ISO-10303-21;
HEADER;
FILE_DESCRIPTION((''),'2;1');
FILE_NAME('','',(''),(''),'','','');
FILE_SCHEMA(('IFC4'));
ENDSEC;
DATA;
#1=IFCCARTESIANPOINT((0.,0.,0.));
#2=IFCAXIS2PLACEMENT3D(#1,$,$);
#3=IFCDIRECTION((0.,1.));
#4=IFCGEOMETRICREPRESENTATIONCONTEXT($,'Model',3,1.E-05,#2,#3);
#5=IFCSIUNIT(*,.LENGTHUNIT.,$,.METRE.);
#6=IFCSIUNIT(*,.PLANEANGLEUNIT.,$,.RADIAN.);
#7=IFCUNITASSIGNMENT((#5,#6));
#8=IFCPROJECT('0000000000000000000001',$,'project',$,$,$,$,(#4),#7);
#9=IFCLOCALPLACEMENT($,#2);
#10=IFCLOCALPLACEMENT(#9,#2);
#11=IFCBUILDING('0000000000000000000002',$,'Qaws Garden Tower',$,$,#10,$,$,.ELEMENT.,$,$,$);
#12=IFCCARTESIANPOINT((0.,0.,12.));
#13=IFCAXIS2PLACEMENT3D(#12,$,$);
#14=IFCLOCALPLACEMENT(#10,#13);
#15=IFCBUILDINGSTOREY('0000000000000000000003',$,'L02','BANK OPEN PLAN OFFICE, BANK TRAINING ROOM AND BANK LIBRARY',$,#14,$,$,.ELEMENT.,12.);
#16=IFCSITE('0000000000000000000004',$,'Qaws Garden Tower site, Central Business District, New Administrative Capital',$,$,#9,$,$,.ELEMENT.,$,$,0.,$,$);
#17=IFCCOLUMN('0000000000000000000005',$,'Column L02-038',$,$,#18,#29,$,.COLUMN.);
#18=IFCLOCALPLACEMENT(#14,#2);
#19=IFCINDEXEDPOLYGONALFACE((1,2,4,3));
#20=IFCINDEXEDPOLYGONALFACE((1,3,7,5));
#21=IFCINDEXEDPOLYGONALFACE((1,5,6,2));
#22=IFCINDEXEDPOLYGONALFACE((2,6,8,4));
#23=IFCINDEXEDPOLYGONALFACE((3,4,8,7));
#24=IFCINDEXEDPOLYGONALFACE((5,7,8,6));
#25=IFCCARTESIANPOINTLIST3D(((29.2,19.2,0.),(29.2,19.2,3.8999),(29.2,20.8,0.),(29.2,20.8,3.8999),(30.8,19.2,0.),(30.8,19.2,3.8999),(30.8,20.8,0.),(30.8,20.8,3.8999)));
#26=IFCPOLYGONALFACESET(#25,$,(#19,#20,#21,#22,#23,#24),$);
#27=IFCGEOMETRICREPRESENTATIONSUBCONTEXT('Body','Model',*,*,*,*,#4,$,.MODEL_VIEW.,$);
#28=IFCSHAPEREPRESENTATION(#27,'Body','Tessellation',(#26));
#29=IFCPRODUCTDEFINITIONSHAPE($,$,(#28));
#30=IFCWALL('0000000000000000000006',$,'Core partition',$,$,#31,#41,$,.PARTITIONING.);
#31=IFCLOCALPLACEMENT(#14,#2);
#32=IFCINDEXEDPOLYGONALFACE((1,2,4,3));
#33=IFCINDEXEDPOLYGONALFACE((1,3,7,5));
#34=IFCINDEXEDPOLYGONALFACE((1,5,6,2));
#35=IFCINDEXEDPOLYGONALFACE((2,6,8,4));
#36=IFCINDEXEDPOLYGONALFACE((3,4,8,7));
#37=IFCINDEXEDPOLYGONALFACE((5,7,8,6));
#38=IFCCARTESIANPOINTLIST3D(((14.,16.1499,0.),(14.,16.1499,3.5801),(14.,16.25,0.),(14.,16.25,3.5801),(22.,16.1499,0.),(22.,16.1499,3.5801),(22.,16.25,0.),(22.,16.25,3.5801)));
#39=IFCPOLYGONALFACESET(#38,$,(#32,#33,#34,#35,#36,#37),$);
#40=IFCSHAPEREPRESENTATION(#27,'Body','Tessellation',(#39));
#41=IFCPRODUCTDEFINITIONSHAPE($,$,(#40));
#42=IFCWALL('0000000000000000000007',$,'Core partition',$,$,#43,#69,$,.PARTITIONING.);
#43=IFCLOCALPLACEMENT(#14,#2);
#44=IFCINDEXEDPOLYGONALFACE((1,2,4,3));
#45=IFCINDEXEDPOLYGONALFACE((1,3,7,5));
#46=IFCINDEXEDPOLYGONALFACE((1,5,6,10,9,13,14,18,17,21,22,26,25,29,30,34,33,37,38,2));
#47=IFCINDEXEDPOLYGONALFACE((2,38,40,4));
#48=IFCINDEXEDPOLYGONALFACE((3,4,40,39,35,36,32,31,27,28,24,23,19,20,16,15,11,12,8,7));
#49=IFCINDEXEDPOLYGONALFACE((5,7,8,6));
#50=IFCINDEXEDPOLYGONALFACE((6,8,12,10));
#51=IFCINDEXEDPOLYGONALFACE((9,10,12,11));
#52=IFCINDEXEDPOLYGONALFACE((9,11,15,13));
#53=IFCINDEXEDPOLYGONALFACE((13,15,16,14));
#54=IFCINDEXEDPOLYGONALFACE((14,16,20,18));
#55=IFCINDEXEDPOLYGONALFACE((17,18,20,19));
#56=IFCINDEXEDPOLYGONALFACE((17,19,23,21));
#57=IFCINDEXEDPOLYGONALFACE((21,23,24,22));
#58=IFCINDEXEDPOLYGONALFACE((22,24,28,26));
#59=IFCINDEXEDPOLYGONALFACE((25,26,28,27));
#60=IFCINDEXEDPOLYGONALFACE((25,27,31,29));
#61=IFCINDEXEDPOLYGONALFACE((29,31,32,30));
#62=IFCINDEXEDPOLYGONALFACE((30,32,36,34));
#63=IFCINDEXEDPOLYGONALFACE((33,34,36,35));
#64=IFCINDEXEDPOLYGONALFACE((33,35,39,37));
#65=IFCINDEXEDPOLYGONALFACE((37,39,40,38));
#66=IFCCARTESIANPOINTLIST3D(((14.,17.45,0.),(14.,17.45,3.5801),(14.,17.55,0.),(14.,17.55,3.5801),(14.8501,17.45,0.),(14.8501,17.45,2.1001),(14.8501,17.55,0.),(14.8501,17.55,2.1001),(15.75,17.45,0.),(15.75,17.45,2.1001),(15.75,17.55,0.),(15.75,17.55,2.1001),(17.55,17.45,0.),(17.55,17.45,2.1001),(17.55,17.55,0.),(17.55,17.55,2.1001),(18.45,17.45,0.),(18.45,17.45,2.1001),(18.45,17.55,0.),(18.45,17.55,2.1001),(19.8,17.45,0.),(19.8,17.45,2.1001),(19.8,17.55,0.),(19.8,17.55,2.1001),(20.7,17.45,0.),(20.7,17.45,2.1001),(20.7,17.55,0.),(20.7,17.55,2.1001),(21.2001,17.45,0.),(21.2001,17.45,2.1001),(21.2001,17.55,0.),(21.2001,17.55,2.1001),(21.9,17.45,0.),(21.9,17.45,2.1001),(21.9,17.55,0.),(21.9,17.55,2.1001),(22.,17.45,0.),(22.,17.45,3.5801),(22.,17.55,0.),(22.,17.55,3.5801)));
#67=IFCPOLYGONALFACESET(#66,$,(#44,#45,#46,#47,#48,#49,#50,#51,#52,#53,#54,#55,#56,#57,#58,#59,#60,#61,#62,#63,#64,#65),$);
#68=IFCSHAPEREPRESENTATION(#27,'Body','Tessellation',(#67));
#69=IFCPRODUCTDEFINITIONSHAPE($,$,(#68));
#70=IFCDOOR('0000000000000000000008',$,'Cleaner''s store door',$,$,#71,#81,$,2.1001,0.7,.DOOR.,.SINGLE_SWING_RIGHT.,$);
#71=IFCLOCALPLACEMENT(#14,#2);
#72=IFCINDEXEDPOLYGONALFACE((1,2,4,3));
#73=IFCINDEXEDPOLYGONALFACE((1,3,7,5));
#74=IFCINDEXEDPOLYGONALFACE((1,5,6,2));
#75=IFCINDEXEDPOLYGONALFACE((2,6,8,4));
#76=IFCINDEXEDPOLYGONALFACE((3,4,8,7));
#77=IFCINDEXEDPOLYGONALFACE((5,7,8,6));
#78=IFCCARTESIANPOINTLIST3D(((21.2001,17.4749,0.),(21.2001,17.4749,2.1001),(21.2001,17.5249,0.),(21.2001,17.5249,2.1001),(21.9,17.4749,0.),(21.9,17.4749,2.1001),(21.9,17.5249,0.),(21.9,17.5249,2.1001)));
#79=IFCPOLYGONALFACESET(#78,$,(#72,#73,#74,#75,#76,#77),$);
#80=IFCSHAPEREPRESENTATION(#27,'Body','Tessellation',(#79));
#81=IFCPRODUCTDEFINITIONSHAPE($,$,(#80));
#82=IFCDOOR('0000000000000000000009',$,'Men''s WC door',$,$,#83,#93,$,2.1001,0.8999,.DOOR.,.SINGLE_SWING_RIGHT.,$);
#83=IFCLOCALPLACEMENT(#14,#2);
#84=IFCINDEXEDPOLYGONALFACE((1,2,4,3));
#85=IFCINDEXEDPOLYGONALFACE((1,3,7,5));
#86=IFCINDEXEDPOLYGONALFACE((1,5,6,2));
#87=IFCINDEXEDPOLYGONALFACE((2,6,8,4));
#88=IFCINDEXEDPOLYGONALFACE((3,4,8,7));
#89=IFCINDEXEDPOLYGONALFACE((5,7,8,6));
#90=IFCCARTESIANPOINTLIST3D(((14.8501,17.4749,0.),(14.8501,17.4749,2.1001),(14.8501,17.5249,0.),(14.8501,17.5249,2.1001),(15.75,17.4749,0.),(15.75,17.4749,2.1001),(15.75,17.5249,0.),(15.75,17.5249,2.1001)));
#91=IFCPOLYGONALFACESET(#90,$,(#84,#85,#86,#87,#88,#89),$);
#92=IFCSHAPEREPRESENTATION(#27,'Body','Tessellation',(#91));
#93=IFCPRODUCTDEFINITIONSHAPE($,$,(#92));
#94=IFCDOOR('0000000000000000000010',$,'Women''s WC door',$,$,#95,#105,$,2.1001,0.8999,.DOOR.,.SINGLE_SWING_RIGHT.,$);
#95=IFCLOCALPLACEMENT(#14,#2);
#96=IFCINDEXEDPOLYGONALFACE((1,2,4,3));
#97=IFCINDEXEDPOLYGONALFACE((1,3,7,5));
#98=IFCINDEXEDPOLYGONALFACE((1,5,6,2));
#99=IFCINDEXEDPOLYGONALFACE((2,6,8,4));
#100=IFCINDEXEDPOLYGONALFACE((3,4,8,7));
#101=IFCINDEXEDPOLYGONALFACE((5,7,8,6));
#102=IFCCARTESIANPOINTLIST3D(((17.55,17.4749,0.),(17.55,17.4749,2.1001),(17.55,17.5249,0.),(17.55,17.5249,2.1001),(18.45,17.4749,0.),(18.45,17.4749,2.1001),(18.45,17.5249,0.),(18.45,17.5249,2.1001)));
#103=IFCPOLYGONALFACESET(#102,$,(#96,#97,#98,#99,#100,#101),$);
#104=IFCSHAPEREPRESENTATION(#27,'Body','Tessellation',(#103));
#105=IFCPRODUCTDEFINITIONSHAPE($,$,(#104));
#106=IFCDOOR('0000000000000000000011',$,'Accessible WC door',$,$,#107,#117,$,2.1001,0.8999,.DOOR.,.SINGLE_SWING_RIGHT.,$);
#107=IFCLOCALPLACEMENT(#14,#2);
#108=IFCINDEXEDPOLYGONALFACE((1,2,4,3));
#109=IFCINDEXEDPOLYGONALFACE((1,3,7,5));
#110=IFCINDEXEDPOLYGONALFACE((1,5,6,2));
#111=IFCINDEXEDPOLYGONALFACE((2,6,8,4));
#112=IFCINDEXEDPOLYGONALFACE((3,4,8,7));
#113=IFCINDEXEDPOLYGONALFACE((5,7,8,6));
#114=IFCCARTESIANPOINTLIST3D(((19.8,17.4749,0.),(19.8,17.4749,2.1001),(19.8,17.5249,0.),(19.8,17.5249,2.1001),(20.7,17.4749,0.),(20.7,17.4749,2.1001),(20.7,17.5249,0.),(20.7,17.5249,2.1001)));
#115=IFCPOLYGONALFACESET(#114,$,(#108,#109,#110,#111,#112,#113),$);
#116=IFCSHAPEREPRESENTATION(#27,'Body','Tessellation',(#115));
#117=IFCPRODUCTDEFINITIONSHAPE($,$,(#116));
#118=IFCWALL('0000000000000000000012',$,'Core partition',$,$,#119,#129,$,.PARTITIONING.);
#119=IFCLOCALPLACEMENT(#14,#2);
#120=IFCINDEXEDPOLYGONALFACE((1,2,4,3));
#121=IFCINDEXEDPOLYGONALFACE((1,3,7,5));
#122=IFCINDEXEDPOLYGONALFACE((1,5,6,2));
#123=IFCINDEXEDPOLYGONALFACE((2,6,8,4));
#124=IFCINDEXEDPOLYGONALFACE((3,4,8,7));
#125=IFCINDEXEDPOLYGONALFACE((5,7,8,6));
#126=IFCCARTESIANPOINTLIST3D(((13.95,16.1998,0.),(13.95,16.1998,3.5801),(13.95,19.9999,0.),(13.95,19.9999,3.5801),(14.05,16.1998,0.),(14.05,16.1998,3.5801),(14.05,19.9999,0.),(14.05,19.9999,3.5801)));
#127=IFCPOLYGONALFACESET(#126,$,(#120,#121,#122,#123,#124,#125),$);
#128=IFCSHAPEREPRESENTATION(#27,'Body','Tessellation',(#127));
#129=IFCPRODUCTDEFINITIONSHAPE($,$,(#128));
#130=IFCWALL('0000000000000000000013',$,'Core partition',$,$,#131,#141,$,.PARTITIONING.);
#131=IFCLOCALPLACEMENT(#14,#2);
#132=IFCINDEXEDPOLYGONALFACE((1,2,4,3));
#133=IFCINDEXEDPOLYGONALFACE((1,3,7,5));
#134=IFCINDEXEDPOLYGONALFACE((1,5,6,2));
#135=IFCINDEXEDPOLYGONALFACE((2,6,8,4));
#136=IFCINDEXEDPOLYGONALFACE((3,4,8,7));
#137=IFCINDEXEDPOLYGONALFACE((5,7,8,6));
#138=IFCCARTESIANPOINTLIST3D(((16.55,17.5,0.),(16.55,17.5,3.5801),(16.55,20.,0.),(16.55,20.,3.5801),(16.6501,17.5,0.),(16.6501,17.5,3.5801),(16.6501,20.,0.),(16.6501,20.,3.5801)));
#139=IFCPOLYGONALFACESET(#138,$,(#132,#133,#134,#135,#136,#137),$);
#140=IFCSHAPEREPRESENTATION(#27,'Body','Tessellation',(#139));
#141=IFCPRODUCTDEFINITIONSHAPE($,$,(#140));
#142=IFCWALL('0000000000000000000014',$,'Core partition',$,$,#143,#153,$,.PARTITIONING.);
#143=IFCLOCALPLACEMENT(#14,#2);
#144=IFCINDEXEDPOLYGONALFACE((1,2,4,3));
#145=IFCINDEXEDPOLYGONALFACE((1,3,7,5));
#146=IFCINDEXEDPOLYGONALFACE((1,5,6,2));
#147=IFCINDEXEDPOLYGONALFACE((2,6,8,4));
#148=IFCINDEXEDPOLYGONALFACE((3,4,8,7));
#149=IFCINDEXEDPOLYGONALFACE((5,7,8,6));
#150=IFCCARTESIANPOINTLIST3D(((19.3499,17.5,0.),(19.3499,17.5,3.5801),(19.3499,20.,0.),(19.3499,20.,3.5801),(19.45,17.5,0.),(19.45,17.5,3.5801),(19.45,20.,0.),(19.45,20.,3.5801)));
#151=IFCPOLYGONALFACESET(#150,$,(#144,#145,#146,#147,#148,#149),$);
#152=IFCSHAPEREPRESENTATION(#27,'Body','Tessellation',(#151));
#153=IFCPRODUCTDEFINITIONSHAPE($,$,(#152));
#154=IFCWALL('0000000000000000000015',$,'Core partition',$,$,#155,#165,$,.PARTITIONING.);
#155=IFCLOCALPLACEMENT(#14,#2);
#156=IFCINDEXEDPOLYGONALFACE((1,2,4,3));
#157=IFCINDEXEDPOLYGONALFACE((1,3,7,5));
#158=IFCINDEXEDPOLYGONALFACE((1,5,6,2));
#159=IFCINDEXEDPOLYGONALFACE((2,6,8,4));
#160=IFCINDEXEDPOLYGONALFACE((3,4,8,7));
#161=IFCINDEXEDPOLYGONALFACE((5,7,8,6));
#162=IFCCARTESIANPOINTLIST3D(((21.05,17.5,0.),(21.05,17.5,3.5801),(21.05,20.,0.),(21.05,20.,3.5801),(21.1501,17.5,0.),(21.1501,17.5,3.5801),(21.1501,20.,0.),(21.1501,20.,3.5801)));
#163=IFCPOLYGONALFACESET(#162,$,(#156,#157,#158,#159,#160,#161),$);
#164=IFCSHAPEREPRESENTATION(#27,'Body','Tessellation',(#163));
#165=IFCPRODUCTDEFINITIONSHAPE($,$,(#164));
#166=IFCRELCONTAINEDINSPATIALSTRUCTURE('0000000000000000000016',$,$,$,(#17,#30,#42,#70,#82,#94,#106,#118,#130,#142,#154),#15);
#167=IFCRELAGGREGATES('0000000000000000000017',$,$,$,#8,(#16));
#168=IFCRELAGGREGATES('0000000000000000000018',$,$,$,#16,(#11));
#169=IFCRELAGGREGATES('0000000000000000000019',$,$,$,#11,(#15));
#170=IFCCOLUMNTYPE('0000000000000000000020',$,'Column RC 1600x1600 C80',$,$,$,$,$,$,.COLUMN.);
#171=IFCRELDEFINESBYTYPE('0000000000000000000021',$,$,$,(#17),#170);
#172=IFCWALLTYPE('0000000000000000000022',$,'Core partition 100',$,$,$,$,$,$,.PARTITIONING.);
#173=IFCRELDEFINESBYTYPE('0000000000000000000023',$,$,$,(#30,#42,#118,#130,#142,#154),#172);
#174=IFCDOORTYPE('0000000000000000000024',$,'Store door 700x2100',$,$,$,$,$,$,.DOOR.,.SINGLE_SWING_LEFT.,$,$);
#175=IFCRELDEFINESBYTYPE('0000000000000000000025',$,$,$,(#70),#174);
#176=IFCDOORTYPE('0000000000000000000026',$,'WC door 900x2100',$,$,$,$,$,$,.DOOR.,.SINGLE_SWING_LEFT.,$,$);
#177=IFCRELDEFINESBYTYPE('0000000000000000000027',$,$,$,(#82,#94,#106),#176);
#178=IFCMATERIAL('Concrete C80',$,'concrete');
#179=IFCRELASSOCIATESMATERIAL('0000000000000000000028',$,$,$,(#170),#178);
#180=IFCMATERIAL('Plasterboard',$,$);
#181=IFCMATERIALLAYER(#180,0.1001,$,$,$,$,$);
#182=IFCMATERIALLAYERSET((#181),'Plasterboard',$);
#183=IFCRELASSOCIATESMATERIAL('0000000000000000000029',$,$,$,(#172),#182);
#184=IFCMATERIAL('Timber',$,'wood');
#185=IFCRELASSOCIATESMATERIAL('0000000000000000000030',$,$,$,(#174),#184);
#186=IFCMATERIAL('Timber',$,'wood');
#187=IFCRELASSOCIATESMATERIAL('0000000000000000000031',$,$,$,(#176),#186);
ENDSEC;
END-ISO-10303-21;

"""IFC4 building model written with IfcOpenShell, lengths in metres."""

from ifc_helpers import new_model, si_unit, direction, frame, frame_2d, origin, origin_2d, place, context, subcontext, project, spatial, rectangle, extrude, material, layer, layer_set, material_profile, profile_set, type_object, element, fill, save


model = new_model("IFC4")

# Units and contexts
model_context = context("Model", 3, precision=1e-05, world=origin(), true_north=direction((0.0, 1.0)))
body_context = subcontext(model_context, "Body", "Model", "MODEL_VIEW")
ifc_project = project(units=[si_unit("LENGTHUNIT", "METRE"), si_unit("PLANEANGLEUNIT", "RADIAN")], contexts=[model_context])

# Site, building, storey
site_placement = place(None, origin())
site = spatial("IfcSite", under=ifc_project, at=site_placement, Name="Qaws Garden Tower site, Central Business District, New Administrative Capital", CompositionType="ELEMENT", RefElevation=0.0)
building_placement = place(site_placement, origin())
building = spatial("IfcBuilding", under=site, at=building_placement, Name="Qaws Garden Tower", CompositionType="ELEMENT")
storey_placement = place(building_placement, frame((0.0, 0.0, 12.0)))
storey = spatial("IfcBuildingStorey", under=building, at=storey_placement, Name="L02", Description="BANK OPEN PLAN OFFICE, BANK TRAINING ROOM AND BANK LIBRARY", CompositionType="ELEMENT", Elevation=12.0)

# Column
ifc_material_1 = material(Name="Concrete C80", Category="concrete")
ifc_material_profile = material_profile(ifc_material_1, rectangle(XDim=1.6001, YDim=1.6001, at=origin_2d()), Name="RC 1600x1600")
ifc_profile_set = profile_set([ifc_material_profile], Name="Concrete C80")
column_type = type_object("IfcColumnType", Name="Column RC 1600x1600 C80", PredefinedType="COLUMN", material=ifc_profile_set)
column_placement = place(storey_placement, frame((30.0, 20.0, 0.0), z_axis=(0.0, 0.0, 1.0), x_axis=(1.0, 0.0, 0.0)))
element("IfcColumn", 1, at=column_placement, inside=storey, type_object=column_type, Name="Column L02-038", PredefinedType="COLUMN", context=body_context, shape_type="SweptSolid", body=[
    extrude(rectangle(XDim=1.6001, YDim=1.6001, at=origin_2d()), origin(), (0.0, 0.0, 1.0), 3.8999),
])

# Wall
ifc_material_2 = material(Name="Plasterboard")
ifc_layer_1 = layer(ifc_material_2, 0.1001)
ifc_layer_set_1 = layer_set([ifc_layer_1], Name="Plasterboard")
wall_type_1 = type_object("IfcWallType", Name="Core partition 100", PredefinedType="PARTITIONING", material=ifc_layer_set_1)
wall_1_placement = place(storey_placement, frame((14.0, 16.2, 0.0), z_axis=(0.0, 0.0, 1.0), x_axis=(1.0, 0.0, 0.0)))
element("IfcWall", 2, at=wall_1_placement, inside=storey, type_object=wall_type_1, Name="Core partition", PredefinedType="PARTITIONING", context=body_context, shape_type="SweptSolid", body=[
    extrude(rectangle(XDim=8.0, YDim=0.1001, at=frame_2d((4.0, 0.0))), origin(), (0.0, 0.0, 1.0), 3.5801),
])

# Wall, openings, doors
wall_2_placement = place(storey_placement, frame((14.0, 17.5, 0.0), z_axis=(0.0, 0.0, 1.0), x_axis=(1.0, 0.0, 0.0)))
wall_2 = element("IfcWall", 3, at=wall_2_placement, inside=storey, type_object=wall_type_1, Name="Core partition", PredefinedType="PARTITIONING", context=body_context, shape_type="SweptSolid", body=[
    extrude(rectangle(XDim=8.0, YDim=0.1001, at=frame_2d((4.0, 0.0))), origin(), (0.0, 0.0, 1.0), 3.5801),
])
opening_1_placement = place(wall_2_placement, frame((0.8501, 0.0, 0.0)))
opening_1 = element("IfcOpeningElement", 4, at=opening_1_placement, cuts=wall_2, PredefinedType="OPENING", context=body_context, shape_type="SweptSolid", body=[
    extrude(rectangle(XDim=0.8999, YDim=2.1001, at=frame_2d((0.45, 1.05))), frame((0.0, 0.0601, 0.0), z_axis=(0.0, -1.0, 0.0), x_axis=(1.0, 0.0, 0.0)), (0.0, 0.0, 1.0), 0.1201),
])
opening_2_placement = place(wall_2_placement, frame((3.55, 0.0, 0.0)))
opening_2 = element("IfcOpeningElement", 5, at=opening_2_placement, cuts=wall_2, PredefinedType="OPENING", context=body_context, shape_type="SweptSolid", body=[
    extrude(rectangle(XDim=0.8999, YDim=2.1001, at=frame_2d((0.45, 1.05))), frame((0.0, 0.0601, 0.0), z_axis=(0.0, -1.0, 0.0), x_axis=(1.0, 0.0, 0.0)), (0.0, 0.0, 1.0), 0.1201),
])
opening_3_placement = place(wall_2_placement, frame((5.8, 0.0, 0.0)))
opening_3 = element("IfcOpeningElement", 6, at=opening_3_placement, cuts=wall_2, PredefinedType="OPENING", context=body_context, shape_type="SweptSolid", body=[
    extrude(rectangle(XDim=0.8999, YDim=2.1001, at=frame_2d((0.45, 1.05))), frame((0.0, 0.0601, 0.0), z_axis=(0.0, -1.0, 0.0), x_axis=(1.0, 0.0, 0.0)), (0.0, 0.0, 1.0), 0.1201),
])
opening_4_placement = place(wall_2_placement, frame((7.2, 0.0, 0.0)))
opening_4 = element("IfcOpeningElement", 7, at=opening_4_placement, cuts=wall_2, PredefinedType="OPENING", context=body_context, shape_type="SweptSolid", body=[
    extrude(rectangle(XDim=0.7, YDim=2.1001, at=frame_2d((0.3501, 1.05))), frame((0.0, 0.0601, 0.0), z_axis=(0.0, -1.0, 0.0), x_axis=(1.0, 0.0, 0.0)), (0.0, 0.0, 1.0), 0.1201),
])
ifc_material_3 = material(Name="Timber", Category="wood")
door_type_1 = type_object("IfcDoorType", Name="Store door 700x2100", OperationType="SINGLE_SWING_LEFT", PredefinedType="DOOR", material=ifc_material_3)
door_1_placement = place(opening_4_placement, origin())
door_1 = element("IfcDoor", 8, at=door_1_placement, inside=storey, type_object=door_type_1, Name="Cleaner's store door", OperationType="SINGLE_SWING_RIGHT", OverallHeight=2.1001, OverallWidth=0.7, PredefinedType="DOOR", context=body_context, shape_type="SweptSolid", body=[
    extrude(rectangle(XDim=0.7, YDim=2.1001, at=frame_2d((0.3501, 1.05))), frame((0.0, 0.0249, 0.0), z_axis=(0.0, -1.0, 0.0), x_axis=(1.0, 0.0, 0.0)), (0.0, 0.0, 1.0), 0.05),
])
fill(opening_4, door_1)
ifc_material_4 = material(Name="Timber", Category="wood")
door_type_2 = type_object("IfcDoorType", Name="WC door 900x2100", OperationType="SINGLE_SWING_LEFT", PredefinedType="DOOR", material=ifc_material_4)
door_2_placement = place(opening_1_placement, origin())
door_2 = element("IfcDoor", 9, at=door_2_placement, inside=storey, type_object=door_type_2, Name="Men's WC door", OperationType="SINGLE_SWING_RIGHT", OverallHeight=2.1001, OverallWidth=0.8999, PredefinedType="DOOR", context=body_context, shape_type="SweptSolid", body=[
    extrude(rectangle(XDim=0.8999, YDim=2.1001, at=frame_2d((0.45, 1.05))), frame((0.0, 0.0249, 0.0), z_axis=(0.0, -1.0, 0.0), x_axis=(1.0, 0.0, 0.0)), (0.0, 0.0, 1.0), 0.05),
])
fill(opening_1, door_2)
door_3_placement = place(opening_2_placement, origin())
door_3 = element("IfcDoor", 10, at=door_3_placement, inside=storey, type_object=door_type_2, Name="Women's WC door", OperationType="SINGLE_SWING_RIGHT", OverallHeight=2.1001, OverallWidth=0.8999, PredefinedType="DOOR", context=body_context, shape_type="SweptSolid", body=[
    extrude(rectangle(XDim=0.8999, YDim=2.1001, at=frame_2d((0.45, 1.05))), frame((0.0, 0.0249, 0.0), z_axis=(0.0, -1.0, 0.0), x_axis=(1.0, 0.0, 0.0)), (0.0, 0.0, 1.0), 0.05),
])
fill(opening_2, door_3)
door_4_placement = place(opening_3_placement, origin())
door_4 = element("IfcDoor", 11, at=door_4_placement, inside=storey, type_object=door_type_2, Name="Accessible WC door", OperationType="SINGLE_SWING_RIGHT", OverallHeight=2.1001, OverallWidth=0.8999, PredefinedType="DOOR", context=body_context, shape_type="SweptSolid", body=[
    extrude(rectangle(XDim=0.8999, YDim=2.1001, at=frame_2d((0.45, 1.05))), frame((0.0, 0.0249, 0.0), z_axis=(0.0, -1.0, 0.0), x_axis=(1.0, 0.0, 0.0)), (0.0, 0.0, 1.0), 0.05),
])
fill(opening_3, door_4)

# Walls
wall_3_placement = place(storey_placement, frame((14.0, 16.2, 0.0), z_axis=(0.0, 0.0, 1.0), x_axis=(0.0, 1.0, 0.0)))
element("IfcWall", 12, at=wall_3_placement, inside=storey, type_object=wall_type_1, Name="Core partition", PredefinedType="PARTITIONING", context=body_context, shape_type="SweptSolid", body=[
    extrude(rectangle(XDim=3.8, YDim=0.1001, at=frame_2d((1.8999, 0.0))), origin(), (0.0, 0.0, 1.0), 3.5801),
])
for number, where, z_axis, x_axis, name in (
    (13, (16.6001, 17.5, 0.0), (0.0, 0.0, 1.0), (0.0, 1.0, 0.0), "Core partition"),
    (14, (19.3999, 17.5, 0.0), (0.0, 0.0, 1.0), (0.0, 1.0, 0.0), "Core partition"),
    (15, (21.1001, 17.5, 0.0), (0.0, 0.0, 1.0), (0.0, 1.0, 0.0), "Core partition"),
):
    element("IfcWall", number, at=place(storey_placement, frame(where, z_axis=z_axis, x_axis=x_axis)), inside=storey, type_object=wall_type_1, Name=name, PredefinedType="PARTITIONING", context=body_context, shape_type="SweptSolid", body=[
        extrude(rectangle(XDim=2.5, YDim=0.1001, at=frame_2d((1.25, 0.0))), origin(), (0.0, 0.0, 1.0), 3.5801),
    ])

save(model, "model.ifc")
